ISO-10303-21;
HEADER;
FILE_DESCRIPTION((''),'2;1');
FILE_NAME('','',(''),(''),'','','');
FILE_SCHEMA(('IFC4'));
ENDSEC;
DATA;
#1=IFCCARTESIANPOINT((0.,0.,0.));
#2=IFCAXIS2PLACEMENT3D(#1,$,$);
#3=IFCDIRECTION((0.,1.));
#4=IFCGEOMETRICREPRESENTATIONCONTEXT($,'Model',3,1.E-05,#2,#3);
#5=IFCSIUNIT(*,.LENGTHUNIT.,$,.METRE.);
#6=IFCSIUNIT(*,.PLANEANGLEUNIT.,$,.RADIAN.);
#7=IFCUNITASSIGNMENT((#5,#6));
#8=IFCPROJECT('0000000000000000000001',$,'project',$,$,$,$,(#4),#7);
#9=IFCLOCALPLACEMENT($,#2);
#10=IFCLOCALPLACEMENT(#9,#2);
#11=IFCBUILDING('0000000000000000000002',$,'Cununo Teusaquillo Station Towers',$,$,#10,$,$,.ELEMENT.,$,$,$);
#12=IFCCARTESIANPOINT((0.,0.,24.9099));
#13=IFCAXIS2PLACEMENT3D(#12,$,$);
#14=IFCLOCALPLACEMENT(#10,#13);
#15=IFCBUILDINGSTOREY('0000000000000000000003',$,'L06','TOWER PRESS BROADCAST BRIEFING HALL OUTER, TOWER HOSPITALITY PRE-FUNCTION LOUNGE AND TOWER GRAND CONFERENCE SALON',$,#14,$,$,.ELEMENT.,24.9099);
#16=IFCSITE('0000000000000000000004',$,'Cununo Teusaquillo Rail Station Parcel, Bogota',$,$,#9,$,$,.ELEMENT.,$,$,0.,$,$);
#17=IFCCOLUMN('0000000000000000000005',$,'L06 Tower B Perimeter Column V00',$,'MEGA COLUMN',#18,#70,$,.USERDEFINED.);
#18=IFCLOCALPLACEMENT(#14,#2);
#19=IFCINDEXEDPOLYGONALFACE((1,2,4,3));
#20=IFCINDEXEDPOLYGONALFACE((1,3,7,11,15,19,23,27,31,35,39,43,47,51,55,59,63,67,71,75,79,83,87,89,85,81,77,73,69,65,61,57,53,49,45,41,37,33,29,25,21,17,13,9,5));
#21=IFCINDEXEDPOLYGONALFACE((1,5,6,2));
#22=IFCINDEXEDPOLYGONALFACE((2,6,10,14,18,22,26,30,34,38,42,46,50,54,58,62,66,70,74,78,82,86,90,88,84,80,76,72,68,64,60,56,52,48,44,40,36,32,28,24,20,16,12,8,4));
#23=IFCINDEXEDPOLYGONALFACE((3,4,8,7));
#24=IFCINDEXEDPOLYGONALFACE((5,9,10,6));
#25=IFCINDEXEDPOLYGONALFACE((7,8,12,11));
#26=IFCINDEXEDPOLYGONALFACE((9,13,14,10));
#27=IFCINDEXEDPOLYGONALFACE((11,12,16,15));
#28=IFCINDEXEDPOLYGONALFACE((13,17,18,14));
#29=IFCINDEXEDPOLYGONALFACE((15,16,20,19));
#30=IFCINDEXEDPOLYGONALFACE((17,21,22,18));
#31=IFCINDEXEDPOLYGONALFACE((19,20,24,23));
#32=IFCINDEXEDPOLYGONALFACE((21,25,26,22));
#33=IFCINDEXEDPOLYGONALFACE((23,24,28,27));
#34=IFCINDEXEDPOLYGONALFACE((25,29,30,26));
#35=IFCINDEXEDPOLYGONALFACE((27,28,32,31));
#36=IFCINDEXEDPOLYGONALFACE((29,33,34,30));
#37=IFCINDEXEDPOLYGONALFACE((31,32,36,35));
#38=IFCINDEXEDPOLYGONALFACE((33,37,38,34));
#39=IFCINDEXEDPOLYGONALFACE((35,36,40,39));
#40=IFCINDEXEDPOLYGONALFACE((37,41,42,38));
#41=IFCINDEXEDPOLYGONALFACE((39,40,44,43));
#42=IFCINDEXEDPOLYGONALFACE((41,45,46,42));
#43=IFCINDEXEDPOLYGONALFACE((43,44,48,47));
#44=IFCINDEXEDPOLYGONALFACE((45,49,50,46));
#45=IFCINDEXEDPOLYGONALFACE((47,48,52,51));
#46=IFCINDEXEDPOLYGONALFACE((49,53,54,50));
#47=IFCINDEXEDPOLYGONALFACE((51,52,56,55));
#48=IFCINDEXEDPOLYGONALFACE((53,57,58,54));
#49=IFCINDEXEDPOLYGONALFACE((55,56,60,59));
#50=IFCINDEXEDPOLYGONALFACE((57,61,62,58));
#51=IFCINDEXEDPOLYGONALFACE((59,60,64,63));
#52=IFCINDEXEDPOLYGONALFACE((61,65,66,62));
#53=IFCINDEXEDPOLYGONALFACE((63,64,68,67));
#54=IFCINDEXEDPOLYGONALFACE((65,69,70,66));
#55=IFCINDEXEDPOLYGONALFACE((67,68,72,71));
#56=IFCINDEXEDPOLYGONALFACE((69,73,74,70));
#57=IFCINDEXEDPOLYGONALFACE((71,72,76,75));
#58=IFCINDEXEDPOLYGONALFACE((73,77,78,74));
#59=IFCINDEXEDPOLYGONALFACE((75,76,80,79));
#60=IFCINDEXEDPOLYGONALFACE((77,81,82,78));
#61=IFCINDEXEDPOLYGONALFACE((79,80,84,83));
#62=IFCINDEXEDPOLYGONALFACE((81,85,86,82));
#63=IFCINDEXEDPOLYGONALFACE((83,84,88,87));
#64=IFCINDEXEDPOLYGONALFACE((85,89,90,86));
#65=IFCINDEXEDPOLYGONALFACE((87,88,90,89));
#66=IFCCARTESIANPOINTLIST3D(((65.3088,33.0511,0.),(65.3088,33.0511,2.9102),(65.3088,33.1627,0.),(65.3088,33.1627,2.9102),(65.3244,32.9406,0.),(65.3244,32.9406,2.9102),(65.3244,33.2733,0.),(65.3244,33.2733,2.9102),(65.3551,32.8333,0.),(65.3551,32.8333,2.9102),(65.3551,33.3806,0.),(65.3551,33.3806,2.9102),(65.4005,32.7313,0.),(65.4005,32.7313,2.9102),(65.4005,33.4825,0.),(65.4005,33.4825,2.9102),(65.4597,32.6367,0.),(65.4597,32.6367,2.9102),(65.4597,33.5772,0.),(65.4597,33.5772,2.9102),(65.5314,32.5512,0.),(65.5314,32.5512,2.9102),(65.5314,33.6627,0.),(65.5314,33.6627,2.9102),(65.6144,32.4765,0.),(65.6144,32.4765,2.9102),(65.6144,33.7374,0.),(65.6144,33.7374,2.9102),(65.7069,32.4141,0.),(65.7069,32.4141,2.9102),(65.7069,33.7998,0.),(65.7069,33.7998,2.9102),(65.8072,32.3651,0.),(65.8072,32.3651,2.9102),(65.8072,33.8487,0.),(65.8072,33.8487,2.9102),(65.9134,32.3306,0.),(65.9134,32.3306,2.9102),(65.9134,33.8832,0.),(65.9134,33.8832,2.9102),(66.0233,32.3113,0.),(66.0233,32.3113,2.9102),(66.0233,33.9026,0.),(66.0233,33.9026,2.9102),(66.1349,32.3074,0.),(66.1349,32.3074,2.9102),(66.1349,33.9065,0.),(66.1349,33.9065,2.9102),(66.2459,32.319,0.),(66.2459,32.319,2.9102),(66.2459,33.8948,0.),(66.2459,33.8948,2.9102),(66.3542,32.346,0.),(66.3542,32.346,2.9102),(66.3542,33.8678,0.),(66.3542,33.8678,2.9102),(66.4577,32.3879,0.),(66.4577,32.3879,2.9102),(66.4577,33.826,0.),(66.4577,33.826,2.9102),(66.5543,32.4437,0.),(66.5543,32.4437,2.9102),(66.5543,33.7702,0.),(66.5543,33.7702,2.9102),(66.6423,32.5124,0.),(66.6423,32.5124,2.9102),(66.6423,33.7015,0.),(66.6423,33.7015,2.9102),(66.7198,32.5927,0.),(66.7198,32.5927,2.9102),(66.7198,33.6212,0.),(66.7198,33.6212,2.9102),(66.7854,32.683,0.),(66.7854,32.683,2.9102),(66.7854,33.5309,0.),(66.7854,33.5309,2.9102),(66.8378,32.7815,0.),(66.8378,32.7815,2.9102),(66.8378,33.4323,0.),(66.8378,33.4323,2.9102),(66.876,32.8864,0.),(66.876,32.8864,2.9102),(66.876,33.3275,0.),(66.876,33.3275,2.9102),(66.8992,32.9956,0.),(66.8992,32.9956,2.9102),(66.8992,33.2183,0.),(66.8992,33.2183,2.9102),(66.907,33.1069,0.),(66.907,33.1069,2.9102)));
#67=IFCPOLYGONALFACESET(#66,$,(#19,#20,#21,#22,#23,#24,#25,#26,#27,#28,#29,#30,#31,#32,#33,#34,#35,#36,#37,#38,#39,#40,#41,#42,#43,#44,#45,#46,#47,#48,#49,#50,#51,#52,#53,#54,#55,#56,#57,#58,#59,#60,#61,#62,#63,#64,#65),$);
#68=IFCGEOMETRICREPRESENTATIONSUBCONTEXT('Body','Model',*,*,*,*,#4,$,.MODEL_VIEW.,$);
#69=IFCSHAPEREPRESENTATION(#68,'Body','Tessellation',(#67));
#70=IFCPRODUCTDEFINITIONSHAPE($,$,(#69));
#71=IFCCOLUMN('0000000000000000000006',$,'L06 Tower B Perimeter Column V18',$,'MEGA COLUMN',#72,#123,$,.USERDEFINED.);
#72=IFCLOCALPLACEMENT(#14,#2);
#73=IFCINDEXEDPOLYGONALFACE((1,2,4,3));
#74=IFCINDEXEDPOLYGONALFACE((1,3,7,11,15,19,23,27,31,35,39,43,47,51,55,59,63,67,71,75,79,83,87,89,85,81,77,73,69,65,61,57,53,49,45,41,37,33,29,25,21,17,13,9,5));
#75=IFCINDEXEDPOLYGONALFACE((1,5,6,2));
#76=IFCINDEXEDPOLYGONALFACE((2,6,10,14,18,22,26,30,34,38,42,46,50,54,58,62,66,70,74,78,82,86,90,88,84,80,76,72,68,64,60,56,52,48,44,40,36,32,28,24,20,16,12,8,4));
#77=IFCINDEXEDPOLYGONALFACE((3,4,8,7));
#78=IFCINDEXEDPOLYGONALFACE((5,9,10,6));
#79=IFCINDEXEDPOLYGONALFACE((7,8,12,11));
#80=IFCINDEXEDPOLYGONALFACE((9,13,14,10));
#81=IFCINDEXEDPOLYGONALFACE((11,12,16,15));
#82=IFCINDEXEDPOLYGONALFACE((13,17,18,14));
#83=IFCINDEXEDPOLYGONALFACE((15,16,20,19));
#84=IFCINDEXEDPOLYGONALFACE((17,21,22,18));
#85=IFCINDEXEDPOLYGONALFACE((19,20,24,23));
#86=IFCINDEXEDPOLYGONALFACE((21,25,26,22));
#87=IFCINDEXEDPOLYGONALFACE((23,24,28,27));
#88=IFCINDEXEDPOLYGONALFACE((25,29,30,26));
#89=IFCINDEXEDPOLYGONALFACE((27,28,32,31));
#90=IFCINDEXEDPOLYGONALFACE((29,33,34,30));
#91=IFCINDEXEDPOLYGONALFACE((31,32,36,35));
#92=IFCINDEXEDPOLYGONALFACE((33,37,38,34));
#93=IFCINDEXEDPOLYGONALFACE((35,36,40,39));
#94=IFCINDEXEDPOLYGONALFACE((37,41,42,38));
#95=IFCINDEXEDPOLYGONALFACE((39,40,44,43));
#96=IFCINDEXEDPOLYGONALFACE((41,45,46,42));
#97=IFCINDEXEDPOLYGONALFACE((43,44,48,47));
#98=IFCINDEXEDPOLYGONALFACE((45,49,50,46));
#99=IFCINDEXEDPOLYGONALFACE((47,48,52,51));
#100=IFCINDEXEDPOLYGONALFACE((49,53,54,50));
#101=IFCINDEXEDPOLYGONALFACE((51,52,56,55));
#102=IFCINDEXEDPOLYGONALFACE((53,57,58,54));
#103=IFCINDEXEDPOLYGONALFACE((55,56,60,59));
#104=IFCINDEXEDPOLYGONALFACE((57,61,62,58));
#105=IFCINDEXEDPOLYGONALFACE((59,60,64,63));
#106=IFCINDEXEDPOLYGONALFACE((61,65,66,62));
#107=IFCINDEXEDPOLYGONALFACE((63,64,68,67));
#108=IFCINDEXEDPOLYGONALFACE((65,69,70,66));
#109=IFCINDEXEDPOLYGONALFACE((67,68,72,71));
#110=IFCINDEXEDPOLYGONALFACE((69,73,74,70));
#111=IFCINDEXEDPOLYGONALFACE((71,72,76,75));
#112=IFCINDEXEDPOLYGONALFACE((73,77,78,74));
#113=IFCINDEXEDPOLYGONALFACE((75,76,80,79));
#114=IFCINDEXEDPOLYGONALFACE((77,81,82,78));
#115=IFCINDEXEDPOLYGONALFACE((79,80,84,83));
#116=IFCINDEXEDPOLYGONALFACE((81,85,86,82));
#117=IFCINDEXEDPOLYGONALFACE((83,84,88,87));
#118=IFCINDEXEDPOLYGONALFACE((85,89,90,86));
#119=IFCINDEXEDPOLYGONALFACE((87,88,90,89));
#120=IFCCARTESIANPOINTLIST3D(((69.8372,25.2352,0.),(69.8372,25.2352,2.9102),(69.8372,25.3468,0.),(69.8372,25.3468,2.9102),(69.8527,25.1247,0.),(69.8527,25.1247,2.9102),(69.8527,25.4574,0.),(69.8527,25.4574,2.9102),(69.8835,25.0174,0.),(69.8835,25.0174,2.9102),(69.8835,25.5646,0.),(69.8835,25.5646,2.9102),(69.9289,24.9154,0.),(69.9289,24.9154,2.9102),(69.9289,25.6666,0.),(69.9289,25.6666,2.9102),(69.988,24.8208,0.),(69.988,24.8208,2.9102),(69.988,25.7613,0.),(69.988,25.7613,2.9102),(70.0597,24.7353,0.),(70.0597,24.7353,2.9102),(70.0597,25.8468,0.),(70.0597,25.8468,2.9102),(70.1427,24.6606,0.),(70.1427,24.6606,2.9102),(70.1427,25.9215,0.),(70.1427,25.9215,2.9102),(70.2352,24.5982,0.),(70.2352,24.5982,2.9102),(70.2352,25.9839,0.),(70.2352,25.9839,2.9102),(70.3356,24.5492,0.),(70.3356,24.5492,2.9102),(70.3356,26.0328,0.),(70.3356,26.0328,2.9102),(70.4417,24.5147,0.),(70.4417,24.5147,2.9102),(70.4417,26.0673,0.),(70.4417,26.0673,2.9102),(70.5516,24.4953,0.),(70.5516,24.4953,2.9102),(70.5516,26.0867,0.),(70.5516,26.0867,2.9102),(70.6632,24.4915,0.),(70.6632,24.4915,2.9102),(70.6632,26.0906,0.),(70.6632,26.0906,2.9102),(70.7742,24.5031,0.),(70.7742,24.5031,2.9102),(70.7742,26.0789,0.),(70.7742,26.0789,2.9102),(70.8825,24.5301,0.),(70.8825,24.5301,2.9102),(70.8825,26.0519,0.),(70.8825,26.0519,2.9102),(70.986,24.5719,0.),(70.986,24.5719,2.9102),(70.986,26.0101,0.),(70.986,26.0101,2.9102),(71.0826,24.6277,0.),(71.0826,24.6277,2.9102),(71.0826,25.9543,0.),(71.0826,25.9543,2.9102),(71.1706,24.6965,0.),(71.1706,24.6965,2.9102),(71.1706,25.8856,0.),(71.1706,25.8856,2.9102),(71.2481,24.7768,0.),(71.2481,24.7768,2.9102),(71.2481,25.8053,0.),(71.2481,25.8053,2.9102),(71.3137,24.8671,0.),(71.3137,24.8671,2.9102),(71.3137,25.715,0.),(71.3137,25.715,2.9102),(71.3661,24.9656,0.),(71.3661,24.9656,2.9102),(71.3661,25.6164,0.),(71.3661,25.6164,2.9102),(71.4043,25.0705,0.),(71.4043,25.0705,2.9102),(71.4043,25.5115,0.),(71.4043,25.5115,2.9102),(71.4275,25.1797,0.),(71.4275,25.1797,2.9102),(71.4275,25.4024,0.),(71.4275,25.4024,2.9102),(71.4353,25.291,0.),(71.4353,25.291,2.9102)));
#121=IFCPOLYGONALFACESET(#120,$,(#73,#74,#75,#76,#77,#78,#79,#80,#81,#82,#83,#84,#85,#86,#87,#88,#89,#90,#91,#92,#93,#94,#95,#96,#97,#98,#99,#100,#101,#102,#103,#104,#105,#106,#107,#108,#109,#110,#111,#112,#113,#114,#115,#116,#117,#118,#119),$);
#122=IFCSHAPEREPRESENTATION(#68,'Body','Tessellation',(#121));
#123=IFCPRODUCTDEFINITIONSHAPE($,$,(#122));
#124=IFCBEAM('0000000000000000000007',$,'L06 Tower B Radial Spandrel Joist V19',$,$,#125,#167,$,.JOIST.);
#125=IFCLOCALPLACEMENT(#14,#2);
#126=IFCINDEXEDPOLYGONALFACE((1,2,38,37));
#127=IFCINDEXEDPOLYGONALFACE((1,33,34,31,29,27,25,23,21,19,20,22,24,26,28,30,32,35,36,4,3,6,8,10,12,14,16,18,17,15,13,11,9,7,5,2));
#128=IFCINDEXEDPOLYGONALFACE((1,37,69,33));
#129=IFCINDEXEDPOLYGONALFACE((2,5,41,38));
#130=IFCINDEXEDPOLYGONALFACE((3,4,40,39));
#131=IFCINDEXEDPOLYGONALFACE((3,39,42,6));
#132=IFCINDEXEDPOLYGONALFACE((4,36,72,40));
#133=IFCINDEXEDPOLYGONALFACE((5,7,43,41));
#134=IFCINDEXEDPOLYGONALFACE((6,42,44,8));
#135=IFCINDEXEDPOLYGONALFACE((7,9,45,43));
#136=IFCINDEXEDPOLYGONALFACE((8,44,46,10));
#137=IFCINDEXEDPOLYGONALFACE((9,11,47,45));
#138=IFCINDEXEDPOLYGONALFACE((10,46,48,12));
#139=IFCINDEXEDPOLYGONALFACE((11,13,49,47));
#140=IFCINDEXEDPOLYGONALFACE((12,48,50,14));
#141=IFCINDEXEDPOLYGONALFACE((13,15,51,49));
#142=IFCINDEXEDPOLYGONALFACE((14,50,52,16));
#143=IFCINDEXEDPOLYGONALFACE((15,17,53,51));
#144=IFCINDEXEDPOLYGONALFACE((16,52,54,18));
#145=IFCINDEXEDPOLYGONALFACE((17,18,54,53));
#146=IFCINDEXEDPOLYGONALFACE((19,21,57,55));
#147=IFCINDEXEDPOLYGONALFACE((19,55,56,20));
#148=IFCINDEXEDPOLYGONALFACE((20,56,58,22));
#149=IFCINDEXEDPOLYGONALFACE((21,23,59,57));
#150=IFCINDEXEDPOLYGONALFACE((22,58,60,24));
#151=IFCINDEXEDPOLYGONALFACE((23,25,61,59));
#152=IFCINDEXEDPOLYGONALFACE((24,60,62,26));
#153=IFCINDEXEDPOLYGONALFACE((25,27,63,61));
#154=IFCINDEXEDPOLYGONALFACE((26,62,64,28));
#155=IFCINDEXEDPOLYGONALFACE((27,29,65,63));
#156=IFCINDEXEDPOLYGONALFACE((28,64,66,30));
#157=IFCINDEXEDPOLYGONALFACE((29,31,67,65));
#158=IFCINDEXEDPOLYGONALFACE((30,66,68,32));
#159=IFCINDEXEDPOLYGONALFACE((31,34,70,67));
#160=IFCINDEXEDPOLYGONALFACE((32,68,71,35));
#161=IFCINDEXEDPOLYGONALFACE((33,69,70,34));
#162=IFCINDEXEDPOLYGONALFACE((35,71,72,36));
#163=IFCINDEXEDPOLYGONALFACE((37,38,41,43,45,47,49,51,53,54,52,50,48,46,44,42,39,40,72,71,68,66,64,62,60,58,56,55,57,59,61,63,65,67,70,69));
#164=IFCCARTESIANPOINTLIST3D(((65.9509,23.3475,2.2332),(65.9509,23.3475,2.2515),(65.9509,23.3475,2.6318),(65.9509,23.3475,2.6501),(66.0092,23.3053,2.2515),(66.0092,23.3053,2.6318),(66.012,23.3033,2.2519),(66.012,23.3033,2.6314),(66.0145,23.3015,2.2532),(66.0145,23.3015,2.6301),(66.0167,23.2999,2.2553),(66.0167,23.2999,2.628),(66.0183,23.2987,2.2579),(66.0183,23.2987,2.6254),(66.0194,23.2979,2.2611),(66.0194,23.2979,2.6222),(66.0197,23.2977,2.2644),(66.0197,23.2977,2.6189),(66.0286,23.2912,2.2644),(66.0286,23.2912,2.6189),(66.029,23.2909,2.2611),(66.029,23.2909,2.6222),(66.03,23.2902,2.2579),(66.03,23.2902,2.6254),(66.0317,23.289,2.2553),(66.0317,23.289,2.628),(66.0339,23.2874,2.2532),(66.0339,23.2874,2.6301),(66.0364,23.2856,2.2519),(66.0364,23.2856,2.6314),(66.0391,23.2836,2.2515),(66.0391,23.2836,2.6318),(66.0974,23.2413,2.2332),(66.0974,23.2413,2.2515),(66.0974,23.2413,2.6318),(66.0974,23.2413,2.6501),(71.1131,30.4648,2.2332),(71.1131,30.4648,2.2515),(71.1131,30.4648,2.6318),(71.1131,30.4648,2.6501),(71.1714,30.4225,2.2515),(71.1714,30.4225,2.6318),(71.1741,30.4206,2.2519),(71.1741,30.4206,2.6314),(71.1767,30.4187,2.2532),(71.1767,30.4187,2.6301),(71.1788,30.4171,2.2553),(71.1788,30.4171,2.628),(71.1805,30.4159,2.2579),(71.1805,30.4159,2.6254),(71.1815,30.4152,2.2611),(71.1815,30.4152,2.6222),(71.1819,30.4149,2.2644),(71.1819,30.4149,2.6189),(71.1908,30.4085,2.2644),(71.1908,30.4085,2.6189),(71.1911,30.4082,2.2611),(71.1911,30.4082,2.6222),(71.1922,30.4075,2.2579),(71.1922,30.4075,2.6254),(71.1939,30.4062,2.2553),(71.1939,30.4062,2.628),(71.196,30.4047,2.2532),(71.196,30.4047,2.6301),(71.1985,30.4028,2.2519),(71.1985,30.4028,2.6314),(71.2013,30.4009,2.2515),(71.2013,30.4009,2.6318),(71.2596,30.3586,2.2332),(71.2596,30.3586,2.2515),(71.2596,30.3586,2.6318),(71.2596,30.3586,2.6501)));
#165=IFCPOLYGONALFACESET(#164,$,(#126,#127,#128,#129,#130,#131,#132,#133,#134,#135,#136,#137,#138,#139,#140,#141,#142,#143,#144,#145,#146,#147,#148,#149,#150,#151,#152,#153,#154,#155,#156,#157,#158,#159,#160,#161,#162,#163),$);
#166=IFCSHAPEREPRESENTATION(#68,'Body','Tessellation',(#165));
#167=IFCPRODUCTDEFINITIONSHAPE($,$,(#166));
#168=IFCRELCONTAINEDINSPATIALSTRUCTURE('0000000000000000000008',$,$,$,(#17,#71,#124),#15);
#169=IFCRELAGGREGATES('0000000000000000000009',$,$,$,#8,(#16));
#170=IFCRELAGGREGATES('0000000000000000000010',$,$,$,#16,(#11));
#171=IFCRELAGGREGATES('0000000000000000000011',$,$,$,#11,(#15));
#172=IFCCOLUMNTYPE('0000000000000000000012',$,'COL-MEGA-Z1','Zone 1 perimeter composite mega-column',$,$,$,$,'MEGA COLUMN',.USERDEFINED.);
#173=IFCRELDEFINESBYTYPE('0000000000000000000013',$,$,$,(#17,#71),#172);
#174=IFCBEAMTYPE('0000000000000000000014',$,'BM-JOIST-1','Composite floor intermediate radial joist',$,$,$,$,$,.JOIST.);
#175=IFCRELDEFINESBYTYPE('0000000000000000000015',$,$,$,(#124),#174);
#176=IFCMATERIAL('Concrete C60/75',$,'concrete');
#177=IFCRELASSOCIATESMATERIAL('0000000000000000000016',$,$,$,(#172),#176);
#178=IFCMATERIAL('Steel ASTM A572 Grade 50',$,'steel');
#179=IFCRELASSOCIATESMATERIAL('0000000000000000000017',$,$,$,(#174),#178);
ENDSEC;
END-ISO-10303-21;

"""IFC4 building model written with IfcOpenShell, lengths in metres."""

from ifc_helpers import new_model, si_unit, direction, frame, origin, origin_2d, place, context, subcontext, project, spatial, circle, i_section, extrude, material, material_profile, profile_set, type_object, element, save


model = new_model("IFC4")

# Units and contexts
model_context = context("Model", 3, precision=1e-05, world=origin(), true_north=direction((0.0, 1.0)))
body_context = subcontext(model_context, "Body", "Model", "MODEL_VIEW")
ifc_project = project(units=[si_unit("LENGTHUNIT", "METRE"), si_unit("PLANEANGLEUNIT", "RADIAN")], contexts=[model_context])

# Site, building, storey
site_placement = place(None, origin())
site = spatial("IfcSite", under=ifc_project, at=site_placement, Name="Cununo Teusaquillo Rail Station Parcel, Bogota", CompositionType="ELEMENT", RefElevation=0.0)
building_placement = place(site_placement, origin())
building = spatial("IfcBuilding", under=site, at=building_placement, Name="Cununo Teusaquillo Station Towers", CompositionType="ELEMENT")
storey_placement = place(building_placement, frame((0.0, 0.0, 24.9099)))
storey = spatial("IfcBuildingStorey", under=building, at=storey_placement, Name="L06", Description="TOWER PRESS BROADCAST BRIEFING HALL OUTER, TOWER HOSPITALITY PRE-FUNCTION LOUNGE AND TOWER GRAND CONFERENCE SALON", CompositionType="ELEMENT", Elevation=24.9099)

# Columns
ifc_material_1 = material(Name="Concrete C60/75", Category="concrete")
ifc_material_profile_1 = material_profile(ifc_material_1, circle(Radius=0.8, at=origin_2d()), Name="RC-CIRC-1600")
ifc_profile_set_1 = profile_set([ifc_material_profile_1], Name="Concrete C60/75")
column_type = type_object("IfcColumnType", Name="COL-MEGA-Z1", Description="Zone 1 perimeter composite mega-column", ElementType="MEGA COLUMN", PredefinedType="USERDEFINED", material=ifc_profile_set_1)
for number, where, z_axis, x_axis, name in (
    (1, (66.1069, 33.1069, 0.0), (0.0, 0.0, 1.0), (1.0, 0.0, 0.0), "L06 Tower B Perimeter Column V00"),
    (2, (70.6353, 25.291, 0.0), (0.0, 0.0, 1.0), (1.0, 0.0, 0.0), "L06 Tower B Perimeter Column V18"),
):
    element("IfcColumn", number, at=place(storey_placement, frame(where, z_axis=z_axis, x_axis=x_axis)), inside=storey, type_object=column_type, Name=name, ObjectType="MEGA COLUMN", PredefinedType="USERDEFINED", context=body_context, shape_type="SweptSolid", body=[
        extrude(circle(Radius=0.8, at=origin_2d()), origin(), (0.0, 0.0, 1.0), 2.9102),
    ])

# Beam
ifc_material_2 = material(Name="Steel ASTM A572 Grade 50", Category="steel")
ifc_material_profile_2 = material_profile(ifc_material_2, i_section(OverallWidth=0.1809, OverallDepth=0.417, WebThickness=0.011, FlangeThickness=0.0183, FilletRadius=0.0129, at=origin_2d()), Name="W16X57")
ifc_profile_set_2 = profile_set([ifc_material_profile_2], Name="Steel ASTM A572 Grade 50")
beam_type_1 = type_object("IfcBeamType", Name="BM-JOIST-1", Description="Composite floor intermediate radial joist", PredefinedType="JOIST", material=ifc_profile_set_2)
beam_1_placement = place(storey_placement, frame((66.0242, 23.2944, 2.4417), z_axis=(0.587128, 0.809494, 0.0), x_axis=(-0.809494, 0.587128, 0.0)))
element("IfcBeam", 3, at=beam_1_placement, inside=storey, type_object=beam_type_1, Name="L06 Tower B Radial Spandrel Joist V19", PredefinedType="JOIST", context=body_context, shape_type="SweptSolid", body=[
    extrude(i_section(OverallWidth=0.1809, OverallDepth=0.417, WebThickness=0.011, FlangeThickness=0.0183, FilletRadius=0.0129, at=origin_2d()), origin(), (0.0, 0.0, 1.0), 8.7922),
])

save(model, "model.ifc")
